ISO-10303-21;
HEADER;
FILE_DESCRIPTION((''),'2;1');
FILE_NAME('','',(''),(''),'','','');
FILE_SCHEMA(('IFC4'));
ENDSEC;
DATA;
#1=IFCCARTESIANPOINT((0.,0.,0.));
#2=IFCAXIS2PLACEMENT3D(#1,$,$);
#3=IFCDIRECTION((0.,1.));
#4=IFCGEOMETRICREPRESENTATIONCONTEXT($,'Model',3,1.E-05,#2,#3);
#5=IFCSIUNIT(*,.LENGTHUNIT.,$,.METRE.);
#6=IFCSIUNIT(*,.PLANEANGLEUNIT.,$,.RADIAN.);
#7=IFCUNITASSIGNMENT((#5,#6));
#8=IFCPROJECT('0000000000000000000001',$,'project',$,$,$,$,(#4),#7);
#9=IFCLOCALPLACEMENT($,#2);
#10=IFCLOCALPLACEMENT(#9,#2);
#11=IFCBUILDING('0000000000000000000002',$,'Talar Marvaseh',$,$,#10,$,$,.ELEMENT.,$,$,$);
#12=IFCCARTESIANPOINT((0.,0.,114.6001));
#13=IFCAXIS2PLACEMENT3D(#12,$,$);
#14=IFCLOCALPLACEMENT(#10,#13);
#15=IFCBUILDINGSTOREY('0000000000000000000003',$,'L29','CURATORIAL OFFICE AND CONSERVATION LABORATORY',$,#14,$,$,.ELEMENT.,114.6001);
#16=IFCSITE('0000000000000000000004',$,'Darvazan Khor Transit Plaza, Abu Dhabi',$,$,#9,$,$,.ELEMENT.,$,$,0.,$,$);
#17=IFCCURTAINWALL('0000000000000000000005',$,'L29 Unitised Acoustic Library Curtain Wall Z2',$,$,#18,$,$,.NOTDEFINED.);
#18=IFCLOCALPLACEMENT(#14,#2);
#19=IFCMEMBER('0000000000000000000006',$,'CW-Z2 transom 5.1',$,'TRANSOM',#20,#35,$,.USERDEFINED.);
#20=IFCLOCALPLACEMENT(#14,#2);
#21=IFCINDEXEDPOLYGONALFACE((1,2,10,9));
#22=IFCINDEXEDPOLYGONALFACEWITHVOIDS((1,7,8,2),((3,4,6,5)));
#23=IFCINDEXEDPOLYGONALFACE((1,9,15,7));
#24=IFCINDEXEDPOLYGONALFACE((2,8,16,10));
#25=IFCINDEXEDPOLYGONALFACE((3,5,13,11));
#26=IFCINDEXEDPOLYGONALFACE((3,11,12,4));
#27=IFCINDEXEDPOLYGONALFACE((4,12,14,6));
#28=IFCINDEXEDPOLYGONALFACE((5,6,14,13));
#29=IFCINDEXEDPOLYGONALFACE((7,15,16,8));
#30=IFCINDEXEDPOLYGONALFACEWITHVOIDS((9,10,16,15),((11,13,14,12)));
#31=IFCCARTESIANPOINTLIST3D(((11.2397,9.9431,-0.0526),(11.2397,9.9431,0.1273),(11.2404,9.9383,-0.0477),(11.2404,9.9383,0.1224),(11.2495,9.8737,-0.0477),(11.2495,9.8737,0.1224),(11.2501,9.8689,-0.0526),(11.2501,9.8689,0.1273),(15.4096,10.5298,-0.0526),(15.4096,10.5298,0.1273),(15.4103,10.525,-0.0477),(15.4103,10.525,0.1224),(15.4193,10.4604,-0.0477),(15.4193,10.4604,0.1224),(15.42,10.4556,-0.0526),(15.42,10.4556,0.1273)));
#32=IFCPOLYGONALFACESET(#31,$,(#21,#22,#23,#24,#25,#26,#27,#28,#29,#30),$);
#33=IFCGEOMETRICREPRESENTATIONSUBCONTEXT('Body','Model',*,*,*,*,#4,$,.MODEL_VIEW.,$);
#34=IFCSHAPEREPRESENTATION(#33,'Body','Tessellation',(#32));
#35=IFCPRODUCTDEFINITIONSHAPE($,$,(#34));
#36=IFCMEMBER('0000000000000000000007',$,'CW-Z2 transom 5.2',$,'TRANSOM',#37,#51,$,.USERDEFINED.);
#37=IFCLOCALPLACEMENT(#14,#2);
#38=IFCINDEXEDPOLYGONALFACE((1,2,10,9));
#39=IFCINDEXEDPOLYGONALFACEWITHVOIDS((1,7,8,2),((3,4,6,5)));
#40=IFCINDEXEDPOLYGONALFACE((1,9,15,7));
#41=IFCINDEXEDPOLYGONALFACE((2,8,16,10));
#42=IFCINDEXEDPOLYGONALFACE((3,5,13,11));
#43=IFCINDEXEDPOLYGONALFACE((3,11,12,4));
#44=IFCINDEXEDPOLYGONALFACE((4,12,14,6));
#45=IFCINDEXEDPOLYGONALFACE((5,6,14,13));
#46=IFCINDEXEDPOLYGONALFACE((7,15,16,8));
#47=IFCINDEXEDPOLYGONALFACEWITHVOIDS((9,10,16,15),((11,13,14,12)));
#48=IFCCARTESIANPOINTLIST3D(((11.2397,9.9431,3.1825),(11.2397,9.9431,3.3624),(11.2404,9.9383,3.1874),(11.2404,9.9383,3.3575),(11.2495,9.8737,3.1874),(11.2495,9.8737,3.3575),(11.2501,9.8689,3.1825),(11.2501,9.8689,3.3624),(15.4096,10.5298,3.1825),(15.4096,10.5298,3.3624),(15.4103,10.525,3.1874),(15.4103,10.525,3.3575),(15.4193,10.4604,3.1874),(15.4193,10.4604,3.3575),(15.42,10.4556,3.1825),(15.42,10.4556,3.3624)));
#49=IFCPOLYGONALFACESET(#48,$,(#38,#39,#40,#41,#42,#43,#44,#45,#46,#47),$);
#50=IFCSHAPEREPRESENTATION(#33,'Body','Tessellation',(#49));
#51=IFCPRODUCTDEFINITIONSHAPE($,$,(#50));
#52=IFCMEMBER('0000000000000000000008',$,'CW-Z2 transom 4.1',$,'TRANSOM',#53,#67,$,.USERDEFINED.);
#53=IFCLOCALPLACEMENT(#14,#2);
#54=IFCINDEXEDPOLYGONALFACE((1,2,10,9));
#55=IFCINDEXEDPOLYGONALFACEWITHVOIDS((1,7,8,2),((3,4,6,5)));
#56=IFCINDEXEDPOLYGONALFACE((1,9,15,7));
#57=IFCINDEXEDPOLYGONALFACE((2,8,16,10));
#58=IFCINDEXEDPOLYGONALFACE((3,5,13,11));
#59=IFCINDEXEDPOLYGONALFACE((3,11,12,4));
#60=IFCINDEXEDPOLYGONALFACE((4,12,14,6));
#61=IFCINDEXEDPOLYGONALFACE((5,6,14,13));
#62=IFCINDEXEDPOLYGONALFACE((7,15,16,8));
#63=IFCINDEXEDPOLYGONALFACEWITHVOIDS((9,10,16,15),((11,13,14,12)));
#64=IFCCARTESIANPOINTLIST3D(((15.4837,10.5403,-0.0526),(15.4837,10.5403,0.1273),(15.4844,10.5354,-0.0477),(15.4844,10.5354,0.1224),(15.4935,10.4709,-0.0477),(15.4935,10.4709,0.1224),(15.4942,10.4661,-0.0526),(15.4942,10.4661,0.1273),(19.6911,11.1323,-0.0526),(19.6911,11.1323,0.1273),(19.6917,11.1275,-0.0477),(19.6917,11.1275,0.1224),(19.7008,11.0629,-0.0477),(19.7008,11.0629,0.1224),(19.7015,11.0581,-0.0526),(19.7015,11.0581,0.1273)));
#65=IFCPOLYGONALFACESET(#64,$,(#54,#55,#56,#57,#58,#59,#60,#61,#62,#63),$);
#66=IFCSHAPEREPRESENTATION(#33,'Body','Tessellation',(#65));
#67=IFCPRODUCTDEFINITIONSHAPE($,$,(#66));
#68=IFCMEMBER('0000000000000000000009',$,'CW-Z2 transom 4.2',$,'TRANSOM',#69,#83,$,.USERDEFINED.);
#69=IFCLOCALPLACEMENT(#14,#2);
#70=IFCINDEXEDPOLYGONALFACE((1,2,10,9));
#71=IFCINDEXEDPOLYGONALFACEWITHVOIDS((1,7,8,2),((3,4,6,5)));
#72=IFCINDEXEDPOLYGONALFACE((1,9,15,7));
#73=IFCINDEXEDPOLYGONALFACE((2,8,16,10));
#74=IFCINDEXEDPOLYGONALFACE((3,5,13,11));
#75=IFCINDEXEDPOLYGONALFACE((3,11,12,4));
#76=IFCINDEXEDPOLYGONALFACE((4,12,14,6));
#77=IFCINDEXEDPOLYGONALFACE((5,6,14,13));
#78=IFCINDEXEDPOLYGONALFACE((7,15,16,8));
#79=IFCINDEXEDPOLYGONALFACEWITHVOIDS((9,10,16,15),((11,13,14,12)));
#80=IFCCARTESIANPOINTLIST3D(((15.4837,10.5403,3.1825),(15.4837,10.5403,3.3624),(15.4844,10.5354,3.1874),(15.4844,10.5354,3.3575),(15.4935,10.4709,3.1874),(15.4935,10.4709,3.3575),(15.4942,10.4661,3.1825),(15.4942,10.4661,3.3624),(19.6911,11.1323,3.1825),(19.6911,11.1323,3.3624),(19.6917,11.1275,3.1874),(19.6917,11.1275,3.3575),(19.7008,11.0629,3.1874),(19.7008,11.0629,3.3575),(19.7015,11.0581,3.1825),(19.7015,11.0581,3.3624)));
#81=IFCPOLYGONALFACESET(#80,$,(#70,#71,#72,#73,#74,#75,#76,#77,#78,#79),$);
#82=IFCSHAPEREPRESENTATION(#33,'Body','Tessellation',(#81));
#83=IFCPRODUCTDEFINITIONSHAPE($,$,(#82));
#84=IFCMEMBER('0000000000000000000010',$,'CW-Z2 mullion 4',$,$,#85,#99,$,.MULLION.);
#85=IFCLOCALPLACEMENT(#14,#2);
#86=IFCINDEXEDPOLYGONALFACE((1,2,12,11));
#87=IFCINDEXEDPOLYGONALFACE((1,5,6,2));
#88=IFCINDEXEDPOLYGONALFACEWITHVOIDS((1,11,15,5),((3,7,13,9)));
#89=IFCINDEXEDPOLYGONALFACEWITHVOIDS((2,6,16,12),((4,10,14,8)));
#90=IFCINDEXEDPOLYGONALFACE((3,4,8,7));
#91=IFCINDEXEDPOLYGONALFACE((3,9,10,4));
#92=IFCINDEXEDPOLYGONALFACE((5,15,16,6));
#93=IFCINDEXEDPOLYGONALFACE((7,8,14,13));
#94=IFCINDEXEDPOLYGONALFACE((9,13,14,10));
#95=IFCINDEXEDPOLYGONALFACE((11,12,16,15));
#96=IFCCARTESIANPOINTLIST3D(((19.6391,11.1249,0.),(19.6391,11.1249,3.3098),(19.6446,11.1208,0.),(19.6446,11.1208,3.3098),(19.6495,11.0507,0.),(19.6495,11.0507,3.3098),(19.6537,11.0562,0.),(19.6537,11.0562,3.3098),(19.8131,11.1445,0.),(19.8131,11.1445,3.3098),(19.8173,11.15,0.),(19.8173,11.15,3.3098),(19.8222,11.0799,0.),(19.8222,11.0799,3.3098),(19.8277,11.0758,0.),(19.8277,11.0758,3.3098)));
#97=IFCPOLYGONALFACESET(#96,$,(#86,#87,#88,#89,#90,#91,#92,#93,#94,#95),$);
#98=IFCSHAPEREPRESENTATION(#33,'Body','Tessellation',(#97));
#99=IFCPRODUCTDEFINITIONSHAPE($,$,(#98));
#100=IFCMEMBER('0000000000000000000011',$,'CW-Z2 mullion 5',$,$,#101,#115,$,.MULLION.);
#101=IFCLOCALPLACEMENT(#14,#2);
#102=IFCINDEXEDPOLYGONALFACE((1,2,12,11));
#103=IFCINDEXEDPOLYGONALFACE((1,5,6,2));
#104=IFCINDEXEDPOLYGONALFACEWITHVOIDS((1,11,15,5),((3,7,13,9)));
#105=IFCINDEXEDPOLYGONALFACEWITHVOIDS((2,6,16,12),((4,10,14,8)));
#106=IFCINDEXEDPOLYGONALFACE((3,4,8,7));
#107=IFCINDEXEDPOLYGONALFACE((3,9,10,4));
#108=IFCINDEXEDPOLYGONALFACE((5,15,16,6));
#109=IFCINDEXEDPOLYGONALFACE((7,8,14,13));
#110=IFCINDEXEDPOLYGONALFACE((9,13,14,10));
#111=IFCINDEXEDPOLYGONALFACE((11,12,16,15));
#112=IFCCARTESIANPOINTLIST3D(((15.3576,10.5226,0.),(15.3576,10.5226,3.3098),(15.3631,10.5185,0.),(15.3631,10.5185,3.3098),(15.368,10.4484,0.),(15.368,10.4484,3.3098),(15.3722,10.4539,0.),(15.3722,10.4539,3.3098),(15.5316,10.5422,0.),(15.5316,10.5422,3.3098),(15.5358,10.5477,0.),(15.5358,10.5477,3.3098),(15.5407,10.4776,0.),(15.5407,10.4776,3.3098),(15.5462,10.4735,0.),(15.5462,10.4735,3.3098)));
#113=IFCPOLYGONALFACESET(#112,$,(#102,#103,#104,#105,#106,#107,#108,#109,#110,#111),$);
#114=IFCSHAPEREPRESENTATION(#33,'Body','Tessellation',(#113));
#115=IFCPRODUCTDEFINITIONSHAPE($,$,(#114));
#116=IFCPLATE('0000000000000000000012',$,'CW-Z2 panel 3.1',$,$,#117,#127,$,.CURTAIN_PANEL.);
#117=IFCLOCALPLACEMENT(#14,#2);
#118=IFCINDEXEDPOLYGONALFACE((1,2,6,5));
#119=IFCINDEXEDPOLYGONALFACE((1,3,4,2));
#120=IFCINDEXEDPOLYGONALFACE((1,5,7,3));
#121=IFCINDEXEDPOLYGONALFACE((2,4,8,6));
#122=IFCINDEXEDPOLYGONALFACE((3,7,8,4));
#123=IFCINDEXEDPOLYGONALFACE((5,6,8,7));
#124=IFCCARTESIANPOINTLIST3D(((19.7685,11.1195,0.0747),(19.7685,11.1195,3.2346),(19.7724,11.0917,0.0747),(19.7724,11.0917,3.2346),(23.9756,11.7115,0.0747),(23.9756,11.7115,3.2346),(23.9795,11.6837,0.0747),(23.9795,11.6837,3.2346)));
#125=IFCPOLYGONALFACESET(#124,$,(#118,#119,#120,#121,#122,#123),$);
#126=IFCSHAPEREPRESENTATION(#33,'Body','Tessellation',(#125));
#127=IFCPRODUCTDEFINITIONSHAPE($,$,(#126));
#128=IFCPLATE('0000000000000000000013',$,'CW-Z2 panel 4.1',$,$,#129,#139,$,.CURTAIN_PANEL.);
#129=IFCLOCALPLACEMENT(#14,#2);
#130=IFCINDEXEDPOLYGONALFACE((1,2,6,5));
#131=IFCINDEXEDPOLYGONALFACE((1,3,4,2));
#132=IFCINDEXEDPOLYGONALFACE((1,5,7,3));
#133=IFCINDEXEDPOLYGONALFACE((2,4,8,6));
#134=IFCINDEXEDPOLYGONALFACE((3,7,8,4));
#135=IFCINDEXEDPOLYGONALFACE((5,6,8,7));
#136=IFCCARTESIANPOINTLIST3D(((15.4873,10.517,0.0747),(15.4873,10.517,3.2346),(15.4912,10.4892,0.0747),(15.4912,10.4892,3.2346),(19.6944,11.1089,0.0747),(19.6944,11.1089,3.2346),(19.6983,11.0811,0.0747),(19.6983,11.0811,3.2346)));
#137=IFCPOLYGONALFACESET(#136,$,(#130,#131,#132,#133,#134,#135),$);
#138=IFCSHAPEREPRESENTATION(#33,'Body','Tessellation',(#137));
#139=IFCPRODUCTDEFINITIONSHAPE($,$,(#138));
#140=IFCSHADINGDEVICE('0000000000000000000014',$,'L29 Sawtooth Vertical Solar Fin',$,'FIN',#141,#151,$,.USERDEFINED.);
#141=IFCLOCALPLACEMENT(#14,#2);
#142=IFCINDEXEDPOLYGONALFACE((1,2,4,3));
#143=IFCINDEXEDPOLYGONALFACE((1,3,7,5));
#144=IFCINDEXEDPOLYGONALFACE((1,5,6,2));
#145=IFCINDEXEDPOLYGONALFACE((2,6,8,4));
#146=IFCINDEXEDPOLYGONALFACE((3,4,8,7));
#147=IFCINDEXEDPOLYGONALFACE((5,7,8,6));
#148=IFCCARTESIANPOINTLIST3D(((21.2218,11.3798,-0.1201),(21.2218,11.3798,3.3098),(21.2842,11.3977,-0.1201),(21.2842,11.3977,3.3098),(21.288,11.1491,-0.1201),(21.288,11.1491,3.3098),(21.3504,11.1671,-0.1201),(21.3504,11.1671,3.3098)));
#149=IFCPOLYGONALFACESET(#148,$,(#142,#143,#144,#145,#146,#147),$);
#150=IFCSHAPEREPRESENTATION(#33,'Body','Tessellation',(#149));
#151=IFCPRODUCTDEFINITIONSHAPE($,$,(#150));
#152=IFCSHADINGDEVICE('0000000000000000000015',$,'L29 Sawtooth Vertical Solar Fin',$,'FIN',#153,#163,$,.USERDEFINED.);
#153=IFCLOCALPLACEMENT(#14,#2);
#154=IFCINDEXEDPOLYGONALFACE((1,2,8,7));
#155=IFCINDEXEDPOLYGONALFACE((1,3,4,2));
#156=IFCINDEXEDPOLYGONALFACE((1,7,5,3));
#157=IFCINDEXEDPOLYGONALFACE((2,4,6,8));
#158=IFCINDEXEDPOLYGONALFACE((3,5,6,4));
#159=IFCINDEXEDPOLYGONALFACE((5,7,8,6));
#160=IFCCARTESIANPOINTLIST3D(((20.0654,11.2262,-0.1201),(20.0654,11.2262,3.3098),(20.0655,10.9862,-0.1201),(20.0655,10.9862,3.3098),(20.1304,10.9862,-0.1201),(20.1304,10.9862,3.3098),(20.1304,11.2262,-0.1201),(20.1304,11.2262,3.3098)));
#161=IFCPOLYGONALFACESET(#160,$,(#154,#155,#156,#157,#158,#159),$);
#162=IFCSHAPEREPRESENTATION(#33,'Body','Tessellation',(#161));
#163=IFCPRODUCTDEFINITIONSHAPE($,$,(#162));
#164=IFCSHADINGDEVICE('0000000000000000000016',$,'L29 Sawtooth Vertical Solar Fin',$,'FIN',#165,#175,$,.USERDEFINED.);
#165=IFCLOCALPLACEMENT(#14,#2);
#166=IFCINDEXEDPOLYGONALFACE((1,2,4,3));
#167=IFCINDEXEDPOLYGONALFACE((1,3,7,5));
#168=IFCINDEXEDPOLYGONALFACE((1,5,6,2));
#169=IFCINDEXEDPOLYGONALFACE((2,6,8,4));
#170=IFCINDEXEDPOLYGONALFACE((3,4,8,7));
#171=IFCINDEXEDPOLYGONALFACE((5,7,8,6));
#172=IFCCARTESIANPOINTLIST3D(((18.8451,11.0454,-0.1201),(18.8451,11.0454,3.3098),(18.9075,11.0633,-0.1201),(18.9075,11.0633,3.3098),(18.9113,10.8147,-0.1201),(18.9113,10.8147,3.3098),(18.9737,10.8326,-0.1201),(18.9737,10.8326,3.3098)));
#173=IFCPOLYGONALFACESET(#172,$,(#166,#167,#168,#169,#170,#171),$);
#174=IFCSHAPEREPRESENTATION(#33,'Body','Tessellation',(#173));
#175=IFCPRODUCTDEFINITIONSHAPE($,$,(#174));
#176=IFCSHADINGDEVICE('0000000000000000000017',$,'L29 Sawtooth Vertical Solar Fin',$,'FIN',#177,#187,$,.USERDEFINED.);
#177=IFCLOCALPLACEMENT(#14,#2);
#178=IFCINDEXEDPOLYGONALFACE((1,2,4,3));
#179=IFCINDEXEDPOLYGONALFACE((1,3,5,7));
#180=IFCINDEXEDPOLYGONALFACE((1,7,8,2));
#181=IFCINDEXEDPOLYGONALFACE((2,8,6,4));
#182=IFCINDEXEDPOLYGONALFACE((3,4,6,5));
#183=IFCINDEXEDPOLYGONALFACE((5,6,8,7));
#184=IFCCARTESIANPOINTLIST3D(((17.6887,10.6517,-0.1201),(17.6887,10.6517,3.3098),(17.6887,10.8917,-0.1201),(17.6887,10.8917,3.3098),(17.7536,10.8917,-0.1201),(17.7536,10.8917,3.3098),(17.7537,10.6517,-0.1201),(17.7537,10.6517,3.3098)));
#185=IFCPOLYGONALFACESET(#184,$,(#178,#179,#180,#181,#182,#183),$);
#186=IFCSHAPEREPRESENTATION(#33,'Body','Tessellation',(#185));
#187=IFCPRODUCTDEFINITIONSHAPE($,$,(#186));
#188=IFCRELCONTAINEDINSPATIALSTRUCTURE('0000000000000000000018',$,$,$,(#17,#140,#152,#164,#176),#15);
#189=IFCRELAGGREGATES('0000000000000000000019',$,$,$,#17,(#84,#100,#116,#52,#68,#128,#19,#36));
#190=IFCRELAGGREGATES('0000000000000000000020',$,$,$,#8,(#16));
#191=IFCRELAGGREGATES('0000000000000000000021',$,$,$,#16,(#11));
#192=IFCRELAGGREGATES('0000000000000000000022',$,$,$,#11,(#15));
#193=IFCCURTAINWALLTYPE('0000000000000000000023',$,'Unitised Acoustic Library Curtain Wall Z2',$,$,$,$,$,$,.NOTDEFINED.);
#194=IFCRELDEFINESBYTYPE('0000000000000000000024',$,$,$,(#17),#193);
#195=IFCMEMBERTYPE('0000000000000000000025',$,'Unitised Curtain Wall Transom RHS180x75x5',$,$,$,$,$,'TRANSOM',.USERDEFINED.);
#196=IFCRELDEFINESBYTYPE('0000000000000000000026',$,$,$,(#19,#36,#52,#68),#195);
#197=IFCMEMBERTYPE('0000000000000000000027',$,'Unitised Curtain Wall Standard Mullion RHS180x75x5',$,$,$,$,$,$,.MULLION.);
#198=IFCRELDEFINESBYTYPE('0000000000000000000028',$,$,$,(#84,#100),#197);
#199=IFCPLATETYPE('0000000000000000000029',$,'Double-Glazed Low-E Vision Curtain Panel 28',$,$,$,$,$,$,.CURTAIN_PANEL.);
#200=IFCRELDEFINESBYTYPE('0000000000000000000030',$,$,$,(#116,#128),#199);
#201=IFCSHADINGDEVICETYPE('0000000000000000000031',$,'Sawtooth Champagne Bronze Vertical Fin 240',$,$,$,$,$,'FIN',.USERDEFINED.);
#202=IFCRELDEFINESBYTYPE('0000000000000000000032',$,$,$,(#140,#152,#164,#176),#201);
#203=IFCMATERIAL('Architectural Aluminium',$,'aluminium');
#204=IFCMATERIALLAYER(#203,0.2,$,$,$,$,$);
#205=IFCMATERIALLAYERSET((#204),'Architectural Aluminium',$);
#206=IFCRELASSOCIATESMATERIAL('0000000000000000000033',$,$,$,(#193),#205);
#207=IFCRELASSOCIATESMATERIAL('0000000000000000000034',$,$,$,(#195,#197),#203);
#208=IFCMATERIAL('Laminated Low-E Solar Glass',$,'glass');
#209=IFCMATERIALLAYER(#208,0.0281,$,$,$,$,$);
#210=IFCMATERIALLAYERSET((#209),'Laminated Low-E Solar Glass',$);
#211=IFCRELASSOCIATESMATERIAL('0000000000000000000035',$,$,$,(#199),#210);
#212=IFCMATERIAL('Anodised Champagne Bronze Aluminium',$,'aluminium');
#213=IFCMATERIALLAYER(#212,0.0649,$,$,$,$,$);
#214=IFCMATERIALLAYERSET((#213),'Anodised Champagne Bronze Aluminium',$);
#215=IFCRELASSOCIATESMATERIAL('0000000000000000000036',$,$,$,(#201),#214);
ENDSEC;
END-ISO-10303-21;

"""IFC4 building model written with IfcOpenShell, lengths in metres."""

from ifc_helpers import new_model, si_unit, direction, frame, origin, origin_2d, place, context, subcontext, project, spatial, rectangle, hollow_rectangle, extrude, source, transform, mapped, material, layer, layer_set, material_profile, profile_set, type_object, type_shapes, element, aggregate, save


model = new_model("IFC4")

# Units and contexts
model_context = context("Model", 3, precision=1e-05, world=origin(), true_north=direction((0.0, 1.0)))
body_context = subcontext(model_context, "Body", "Model", "MODEL_VIEW")
ifc_project = project(units=[si_unit("LENGTHUNIT", "METRE"), si_unit("PLANEANGLEUNIT", "RADIAN")], contexts=[model_context])

# Site, building, storey
site_placement = place(None, origin())
site = spatial("IfcSite", under=ifc_project, at=site_placement, Name="Darvazan Khor Transit Plaza, Abu Dhabi", CompositionType="ELEMENT", RefElevation=0.0)
building_placement = place(site_placement, origin())
building = spatial("IfcBuilding", under=site, at=building_placement, Name="Talar Marvaseh", CompositionType="ELEMENT")
storey_placement = place(building_placement, frame((0.0, 0.0, 114.6001)))
storey = spatial("IfcBuildingStorey", under=building, at=storey_placement, Name="L29", Description="CURATORIAL OFFICE AND CONSERVATION LABORATORY", CompositionType="ELEMENT", Elevation=114.6001)

# Curtain wall, members, plates
ifc_material_1 = material(Name="Architectural Aluminium", Category="aluminium")
ifc_layer_1 = layer(ifc_material_1, 0.2)
ifc_layer_set_1 = layer_set([ifc_layer_1], Name="Architectural Aluminium")
curtain_wall_type = type_object("IfcCurtainWallType", Name="Unitised Acoustic Library Curtain Wall Z2", PredefinedType="NOTDEFINED", material=ifc_layer_set_1)
curtain_wall_placement = place(storey_placement, origin())
curtain_wall = element("IfcCurtainWall", 1, at=curtain_wall_placement, inside=storey, type_object=curtain_wall_type, Name="L29 Unitised Acoustic Library Curtain Wall Z2", PredefinedType="NOTDEFINED")
ifc_material_profile_1 = material_profile(ifc_material_1, hollow_rectangle(XDim=0.075, YDim=0.1799, WallThickness=0.0049, at=origin_2d()), Name="RHS180x75x5")
ifc_profile_set_1 = profile_set([ifc_material_profile_1], Name="Architectural Aluminium")
member_type_1 = type_object("IfcMemberType", Name="Unitised Curtain Wall Transom RHS180x75x5", ElementType="TRANSOM", PredefinedType="USERDEFINED", material=ifc_profile_set_1)
shared_shape_1 = source(origin(), body_context, "Body", "SweptSolid", [
    extrude(hollow_rectangle(XDim=0.075, YDim=0.1799, WallThickness=0.0049, at=origin_2d()), origin(), (0.0, 0.0, 1.0), 4.2109),
])
member_1_placement = place(storey_placement, frame((15.4148, 10.4927, 0.0374), z_axis=(-0.990248, -0.139319, 0.0), x_axis=(0.139319, -0.990248, 0.0)))
member_1 = element("IfcMember", 2, at=member_1_placement, type_object=member_type_1, Name="CW-Z2 transom 5.1", ObjectType="TRANSOM", PredefinedType="USERDEFINED", context=body_context, shape_type="MappedRepresentation", body=[
    mapped(shared_shape_1, transform((0.0, 0.0, 0.0), x_axis=(1.0, 0.0, 0.0), y_axis=(0.0, 1.0, 0.0), z_axis=(0.0, 0.0, 1.0), scale=1.0)),
])
member_2_placement = place(storey_placement, frame((15.4148, 10.4927, 3.2725), z_axis=(-0.990248, -0.139319, 0.0), x_axis=(0.139319, -0.990248, 0.0)))
member_2 = element("IfcMember", 3, at=member_2_placement, type_object=member_type_1, Name="CW-Z2 transom 5.2", ObjectType="TRANSOM", PredefinedType="USERDEFINED", context=body_context, shape_type="MappedRepresentation", body=[
    mapped(shared_shape_1, transform((0.0, 0.0, 0.0), x_axis=(1.0, 0.0, 0.0), y_axis=(0.0, 1.0, 0.0), z_axis=(0.0, 0.0, 1.0), scale=1.0)),
])
shared_shape_2 = source(origin(), body_context, "Body", "SweptSolid", [
    extrude(hollow_rectangle(XDim=0.075, YDim=0.1799, WallThickness=0.0049, at=origin_2d()), origin(), (0.0, 0.0, 1.0), 4.2488),
])
type_shapes(member_type_1, [shared_shape_1, shared_shape_2])
member_3_placement = place(storey_placement, frame((19.6963, 11.0952, 0.0374), z_axis=(-0.990244, -0.139346, 0.0), x_axis=(0.139346, -0.990244, 0.0)))
member_3 = element("IfcMember", 4, at=member_3_placement, type_object=member_type_1, Name="CW-Z2 transom 4.1", ObjectType="TRANSOM", PredefinedType="USERDEFINED", context=body_context, shape_type="MappedRepresentation", body=[
    mapped(shared_shape_2, transform((0.0, 0.0, 0.0), x_axis=(1.0, 0.0, 0.0), y_axis=(0.0, 1.0, 0.0), z_axis=(0.0, 0.0, 1.0), scale=1.0)),
])
member_4_placement = place(storey_placement, frame((19.6963, 11.0952, 3.2725), z_axis=(-0.990244, -0.139346, 0.0), x_axis=(0.139346, -0.990244, 0.0)))
member_4 = element("IfcMember", 5, at=member_4_placement, type_object=member_type_1, Name="CW-Z2 transom 4.2", ObjectType="TRANSOM", PredefinedType="USERDEFINED", context=body_context, shape_type="MappedRepresentation", body=[
    mapped(shared_shape_2, transform((0.0, 0.0, 0.0), x_axis=(1.0, 0.0, 0.0), y_axis=(0.0, 1.0, 0.0), z_axis=(0.0, 0.0, 1.0), scale=1.0)),
])
ifc_material_profile_2 = material_profile(ifc_material_1, hollow_rectangle(XDim=0.075, YDim=0.1799, WallThickness=0.0049, at=origin_2d()), Name="RHS180x75x5")
ifc_profile_set_2 = profile_set([ifc_material_profile_2], Name="Architectural Aluminium")
member_type_2 = type_object("IfcMemberType", Name="Unitised Curtain Wall Standard Mullion RHS180x75x5", PredefinedType="MULLION", material=ifc_profile_set_2)
shared_shape_3 = source(origin(), body_context, "Body", "SweptSolid", [
    extrude(hollow_rectangle(XDim=0.075, YDim=0.1799, WallThickness=0.0049, at=origin_2d()), origin(), (0.0, 0.0, 1.0), 3.3098),
])
type_shapes(member_type_2, [shared_shape_3])
member_5_placement = place(storey_placement, frame((19.7334, 11.1003, 0.0), z_axis=(0.0, 0.0, 1.0), x_axis=(0.139325, -0.990247, 0.0)))
member_5 = element("IfcMember", 6, at=member_5_placement, type_object=member_type_2, Name="CW-Z2 mullion 4", PredefinedType="MULLION", context=body_context, shape_type="MappedRepresentation", body=[
    mapped(shared_shape_3, transform((0.0, 0.0, 0.0), x_axis=(1.0, 0.0, 0.0), y_axis=(0.0, 1.0, 0.0), z_axis=(0.0, 0.0, 1.0), scale=1.0)),
])
member_6_placement = place(storey_placement, frame((15.4519, 10.498, 0.0), z_axis=(0.0, 0.0, 1.0), x_axis=(0.139325, -0.990247, 0.0)))
member_6 = element("IfcMember", 7, at=member_6_placement, type_object=member_type_2, Name="CW-Z2 mullion 5", PredefinedType="MULLION", context=body_context, shape_type="MappedRepresentation", body=[
    mapped(shared_shape_3, transform((0.0, 0.0, 0.0), x_axis=(1.0, 0.0, 0.0), y_axis=(0.0, 1.0, 0.0), z_axis=(0.0, 0.0, 1.0), scale=1.0)),
])
ifc_material_2 = material(Name="Laminated Low-E Solar Glass", Category="glass")
ifc_layer_2 = layer(ifc_material_2, 0.0281)
ifc_layer_set_2 = layer_set([ifc_layer_2], Name="Laminated Low-E Solar Glass")
plate_type = type_object("IfcPlateType", Name="Double-Glazed Low-E Vision Curtain Panel 28", PredefinedType="CURTAIN_PANEL", material=ifc_layer_set_2)
shared_shape_4 = source(origin(), body_context, "Body", "SweptSolid", [
    extrude(rectangle(XDim=4.2485, YDim=0.0281, at=origin_2d()), origin(), (0.0, 0.0, 1.0), 3.1599),
])
type_shapes(plate_type, [shared_shape_4])
plate_1_placement = place(storey_placement, frame((21.874, 11.4016, 0.0747), z_axis=(0.0, 0.0, 1.0), x_axis=(-0.990247, -0.139325, 0.0)))
plate_1 = element("IfcPlate", 8, at=plate_1_placement, type_object=plate_type, Name="CW-Z2 panel 3.1", PredefinedType="CURTAIN_PANEL", context=body_context, shape_type="MappedRepresentation", body=[
    mapped(shared_shape_4, transform((0.0, 0.0, 0.0), x_axis=(1.0, 0.0, 0.0), y_axis=(0.0, 1.0, 0.0), z_axis=(0.0, 0.0, 1.0), scale=1.0)),
])
plate_2_placement = place(storey_placement, frame((17.5928, 10.7991, 0.0747), z_axis=(0.0, 0.0, 1.0), x_axis=(-0.990247, -0.139325, 0.0)))
plate_2 = element("IfcPlate", 9, at=plate_2_placement, type_object=plate_type, Name="CW-Z2 panel 4.1", PredefinedType="CURTAIN_PANEL", context=body_context, shape_type="MappedRepresentation", body=[
    mapped(shared_shape_4, transform((0.0, 0.0, 0.0), x_axis=(1.0, 0.0, 0.0), y_axis=(0.0, 1.0, 0.0), z_axis=(0.0, 0.0, 1.0), scale=1.0)),
])
aggregate(curtain_wall, [member_5, member_6, plate_1, member_3, member_4, plate_2, member_1, member_2])

# Shading devices
ifc_material_3 = material(Name="Anodised Champagne Bronze Aluminium", Category="aluminium")
ifc_layer_3 = layer(ifc_material_3, 0.0649)
ifc_layer_set_3 = layer_set([ifc_layer_3], Name="Anodised Champagne Bronze Aluminium")
shading_device_type = type_object("IfcShadingDeviceType", Name="Sawtooth Champagne Bronze Vertical Fin 240", ElementType="FIN", PredefinedType="USERDEFINED", material=ifc_layer_set_3)
shared_shape_5 = source(origin(), body_context, "Body", "SweptSolid", [
    extrude(rectangle(XDim=0.24, YDim=0.0649, at=origin_2d()), origin(), (0.0, 0.0, 1.0), 3.4299),
])
type_shapes(shading_device_type, [shared_shape_5])
for number, where, z_axis, x_axis, name in (
    (10, (21.2861, 11.2734, -0.1201), (0.0, 0.0, 1.0), (0.275805, -0.961214, 0.0), "L29 Sawtooth Vertical Solar Fin"),
    (11, (20.0979, 11.1062, -0.1201), (0.0, 0.0, 1.0), (0.000175, -1.0, 0.0), "L29 Sawtooth Vertical Solar Fin"),
    (12, (18.9094, 10.939, -0.1201), (0.0, 0.0, 1.0), (0.275805, -0.961214, 0.0), "L29 Sawtooth Vertical Solar Fin"),
    (13, (17.7212, 10.7717, -0.1201), (0.0, 0.0, 1.0), (0.000175, -1.0, 0.0), "L29 Sawtooth Vertical Solar Fin"),
):
    element("IfcShadingDevice", number, at=place(storey_placement, frame(where, z_axis=z_axis, x_axis=x_axis)), inside=storey, type_object=shading_device_type, Name=name, ObjectType="FIN", PredefinedType="USERDEFINED", context=body_context, shape_type="MappedRepresentation", body=[
        mapped(shared_shape_5, transform((0.0, 0.0, 0.0), x_axis=(1.0, 0.0, 0.0), y_axis=(0.0, 1.0, 0.0), z_axis=(0.0, 0.0, 1.0), scale=1.0)),
    ])

save(model, "model.ifc")
